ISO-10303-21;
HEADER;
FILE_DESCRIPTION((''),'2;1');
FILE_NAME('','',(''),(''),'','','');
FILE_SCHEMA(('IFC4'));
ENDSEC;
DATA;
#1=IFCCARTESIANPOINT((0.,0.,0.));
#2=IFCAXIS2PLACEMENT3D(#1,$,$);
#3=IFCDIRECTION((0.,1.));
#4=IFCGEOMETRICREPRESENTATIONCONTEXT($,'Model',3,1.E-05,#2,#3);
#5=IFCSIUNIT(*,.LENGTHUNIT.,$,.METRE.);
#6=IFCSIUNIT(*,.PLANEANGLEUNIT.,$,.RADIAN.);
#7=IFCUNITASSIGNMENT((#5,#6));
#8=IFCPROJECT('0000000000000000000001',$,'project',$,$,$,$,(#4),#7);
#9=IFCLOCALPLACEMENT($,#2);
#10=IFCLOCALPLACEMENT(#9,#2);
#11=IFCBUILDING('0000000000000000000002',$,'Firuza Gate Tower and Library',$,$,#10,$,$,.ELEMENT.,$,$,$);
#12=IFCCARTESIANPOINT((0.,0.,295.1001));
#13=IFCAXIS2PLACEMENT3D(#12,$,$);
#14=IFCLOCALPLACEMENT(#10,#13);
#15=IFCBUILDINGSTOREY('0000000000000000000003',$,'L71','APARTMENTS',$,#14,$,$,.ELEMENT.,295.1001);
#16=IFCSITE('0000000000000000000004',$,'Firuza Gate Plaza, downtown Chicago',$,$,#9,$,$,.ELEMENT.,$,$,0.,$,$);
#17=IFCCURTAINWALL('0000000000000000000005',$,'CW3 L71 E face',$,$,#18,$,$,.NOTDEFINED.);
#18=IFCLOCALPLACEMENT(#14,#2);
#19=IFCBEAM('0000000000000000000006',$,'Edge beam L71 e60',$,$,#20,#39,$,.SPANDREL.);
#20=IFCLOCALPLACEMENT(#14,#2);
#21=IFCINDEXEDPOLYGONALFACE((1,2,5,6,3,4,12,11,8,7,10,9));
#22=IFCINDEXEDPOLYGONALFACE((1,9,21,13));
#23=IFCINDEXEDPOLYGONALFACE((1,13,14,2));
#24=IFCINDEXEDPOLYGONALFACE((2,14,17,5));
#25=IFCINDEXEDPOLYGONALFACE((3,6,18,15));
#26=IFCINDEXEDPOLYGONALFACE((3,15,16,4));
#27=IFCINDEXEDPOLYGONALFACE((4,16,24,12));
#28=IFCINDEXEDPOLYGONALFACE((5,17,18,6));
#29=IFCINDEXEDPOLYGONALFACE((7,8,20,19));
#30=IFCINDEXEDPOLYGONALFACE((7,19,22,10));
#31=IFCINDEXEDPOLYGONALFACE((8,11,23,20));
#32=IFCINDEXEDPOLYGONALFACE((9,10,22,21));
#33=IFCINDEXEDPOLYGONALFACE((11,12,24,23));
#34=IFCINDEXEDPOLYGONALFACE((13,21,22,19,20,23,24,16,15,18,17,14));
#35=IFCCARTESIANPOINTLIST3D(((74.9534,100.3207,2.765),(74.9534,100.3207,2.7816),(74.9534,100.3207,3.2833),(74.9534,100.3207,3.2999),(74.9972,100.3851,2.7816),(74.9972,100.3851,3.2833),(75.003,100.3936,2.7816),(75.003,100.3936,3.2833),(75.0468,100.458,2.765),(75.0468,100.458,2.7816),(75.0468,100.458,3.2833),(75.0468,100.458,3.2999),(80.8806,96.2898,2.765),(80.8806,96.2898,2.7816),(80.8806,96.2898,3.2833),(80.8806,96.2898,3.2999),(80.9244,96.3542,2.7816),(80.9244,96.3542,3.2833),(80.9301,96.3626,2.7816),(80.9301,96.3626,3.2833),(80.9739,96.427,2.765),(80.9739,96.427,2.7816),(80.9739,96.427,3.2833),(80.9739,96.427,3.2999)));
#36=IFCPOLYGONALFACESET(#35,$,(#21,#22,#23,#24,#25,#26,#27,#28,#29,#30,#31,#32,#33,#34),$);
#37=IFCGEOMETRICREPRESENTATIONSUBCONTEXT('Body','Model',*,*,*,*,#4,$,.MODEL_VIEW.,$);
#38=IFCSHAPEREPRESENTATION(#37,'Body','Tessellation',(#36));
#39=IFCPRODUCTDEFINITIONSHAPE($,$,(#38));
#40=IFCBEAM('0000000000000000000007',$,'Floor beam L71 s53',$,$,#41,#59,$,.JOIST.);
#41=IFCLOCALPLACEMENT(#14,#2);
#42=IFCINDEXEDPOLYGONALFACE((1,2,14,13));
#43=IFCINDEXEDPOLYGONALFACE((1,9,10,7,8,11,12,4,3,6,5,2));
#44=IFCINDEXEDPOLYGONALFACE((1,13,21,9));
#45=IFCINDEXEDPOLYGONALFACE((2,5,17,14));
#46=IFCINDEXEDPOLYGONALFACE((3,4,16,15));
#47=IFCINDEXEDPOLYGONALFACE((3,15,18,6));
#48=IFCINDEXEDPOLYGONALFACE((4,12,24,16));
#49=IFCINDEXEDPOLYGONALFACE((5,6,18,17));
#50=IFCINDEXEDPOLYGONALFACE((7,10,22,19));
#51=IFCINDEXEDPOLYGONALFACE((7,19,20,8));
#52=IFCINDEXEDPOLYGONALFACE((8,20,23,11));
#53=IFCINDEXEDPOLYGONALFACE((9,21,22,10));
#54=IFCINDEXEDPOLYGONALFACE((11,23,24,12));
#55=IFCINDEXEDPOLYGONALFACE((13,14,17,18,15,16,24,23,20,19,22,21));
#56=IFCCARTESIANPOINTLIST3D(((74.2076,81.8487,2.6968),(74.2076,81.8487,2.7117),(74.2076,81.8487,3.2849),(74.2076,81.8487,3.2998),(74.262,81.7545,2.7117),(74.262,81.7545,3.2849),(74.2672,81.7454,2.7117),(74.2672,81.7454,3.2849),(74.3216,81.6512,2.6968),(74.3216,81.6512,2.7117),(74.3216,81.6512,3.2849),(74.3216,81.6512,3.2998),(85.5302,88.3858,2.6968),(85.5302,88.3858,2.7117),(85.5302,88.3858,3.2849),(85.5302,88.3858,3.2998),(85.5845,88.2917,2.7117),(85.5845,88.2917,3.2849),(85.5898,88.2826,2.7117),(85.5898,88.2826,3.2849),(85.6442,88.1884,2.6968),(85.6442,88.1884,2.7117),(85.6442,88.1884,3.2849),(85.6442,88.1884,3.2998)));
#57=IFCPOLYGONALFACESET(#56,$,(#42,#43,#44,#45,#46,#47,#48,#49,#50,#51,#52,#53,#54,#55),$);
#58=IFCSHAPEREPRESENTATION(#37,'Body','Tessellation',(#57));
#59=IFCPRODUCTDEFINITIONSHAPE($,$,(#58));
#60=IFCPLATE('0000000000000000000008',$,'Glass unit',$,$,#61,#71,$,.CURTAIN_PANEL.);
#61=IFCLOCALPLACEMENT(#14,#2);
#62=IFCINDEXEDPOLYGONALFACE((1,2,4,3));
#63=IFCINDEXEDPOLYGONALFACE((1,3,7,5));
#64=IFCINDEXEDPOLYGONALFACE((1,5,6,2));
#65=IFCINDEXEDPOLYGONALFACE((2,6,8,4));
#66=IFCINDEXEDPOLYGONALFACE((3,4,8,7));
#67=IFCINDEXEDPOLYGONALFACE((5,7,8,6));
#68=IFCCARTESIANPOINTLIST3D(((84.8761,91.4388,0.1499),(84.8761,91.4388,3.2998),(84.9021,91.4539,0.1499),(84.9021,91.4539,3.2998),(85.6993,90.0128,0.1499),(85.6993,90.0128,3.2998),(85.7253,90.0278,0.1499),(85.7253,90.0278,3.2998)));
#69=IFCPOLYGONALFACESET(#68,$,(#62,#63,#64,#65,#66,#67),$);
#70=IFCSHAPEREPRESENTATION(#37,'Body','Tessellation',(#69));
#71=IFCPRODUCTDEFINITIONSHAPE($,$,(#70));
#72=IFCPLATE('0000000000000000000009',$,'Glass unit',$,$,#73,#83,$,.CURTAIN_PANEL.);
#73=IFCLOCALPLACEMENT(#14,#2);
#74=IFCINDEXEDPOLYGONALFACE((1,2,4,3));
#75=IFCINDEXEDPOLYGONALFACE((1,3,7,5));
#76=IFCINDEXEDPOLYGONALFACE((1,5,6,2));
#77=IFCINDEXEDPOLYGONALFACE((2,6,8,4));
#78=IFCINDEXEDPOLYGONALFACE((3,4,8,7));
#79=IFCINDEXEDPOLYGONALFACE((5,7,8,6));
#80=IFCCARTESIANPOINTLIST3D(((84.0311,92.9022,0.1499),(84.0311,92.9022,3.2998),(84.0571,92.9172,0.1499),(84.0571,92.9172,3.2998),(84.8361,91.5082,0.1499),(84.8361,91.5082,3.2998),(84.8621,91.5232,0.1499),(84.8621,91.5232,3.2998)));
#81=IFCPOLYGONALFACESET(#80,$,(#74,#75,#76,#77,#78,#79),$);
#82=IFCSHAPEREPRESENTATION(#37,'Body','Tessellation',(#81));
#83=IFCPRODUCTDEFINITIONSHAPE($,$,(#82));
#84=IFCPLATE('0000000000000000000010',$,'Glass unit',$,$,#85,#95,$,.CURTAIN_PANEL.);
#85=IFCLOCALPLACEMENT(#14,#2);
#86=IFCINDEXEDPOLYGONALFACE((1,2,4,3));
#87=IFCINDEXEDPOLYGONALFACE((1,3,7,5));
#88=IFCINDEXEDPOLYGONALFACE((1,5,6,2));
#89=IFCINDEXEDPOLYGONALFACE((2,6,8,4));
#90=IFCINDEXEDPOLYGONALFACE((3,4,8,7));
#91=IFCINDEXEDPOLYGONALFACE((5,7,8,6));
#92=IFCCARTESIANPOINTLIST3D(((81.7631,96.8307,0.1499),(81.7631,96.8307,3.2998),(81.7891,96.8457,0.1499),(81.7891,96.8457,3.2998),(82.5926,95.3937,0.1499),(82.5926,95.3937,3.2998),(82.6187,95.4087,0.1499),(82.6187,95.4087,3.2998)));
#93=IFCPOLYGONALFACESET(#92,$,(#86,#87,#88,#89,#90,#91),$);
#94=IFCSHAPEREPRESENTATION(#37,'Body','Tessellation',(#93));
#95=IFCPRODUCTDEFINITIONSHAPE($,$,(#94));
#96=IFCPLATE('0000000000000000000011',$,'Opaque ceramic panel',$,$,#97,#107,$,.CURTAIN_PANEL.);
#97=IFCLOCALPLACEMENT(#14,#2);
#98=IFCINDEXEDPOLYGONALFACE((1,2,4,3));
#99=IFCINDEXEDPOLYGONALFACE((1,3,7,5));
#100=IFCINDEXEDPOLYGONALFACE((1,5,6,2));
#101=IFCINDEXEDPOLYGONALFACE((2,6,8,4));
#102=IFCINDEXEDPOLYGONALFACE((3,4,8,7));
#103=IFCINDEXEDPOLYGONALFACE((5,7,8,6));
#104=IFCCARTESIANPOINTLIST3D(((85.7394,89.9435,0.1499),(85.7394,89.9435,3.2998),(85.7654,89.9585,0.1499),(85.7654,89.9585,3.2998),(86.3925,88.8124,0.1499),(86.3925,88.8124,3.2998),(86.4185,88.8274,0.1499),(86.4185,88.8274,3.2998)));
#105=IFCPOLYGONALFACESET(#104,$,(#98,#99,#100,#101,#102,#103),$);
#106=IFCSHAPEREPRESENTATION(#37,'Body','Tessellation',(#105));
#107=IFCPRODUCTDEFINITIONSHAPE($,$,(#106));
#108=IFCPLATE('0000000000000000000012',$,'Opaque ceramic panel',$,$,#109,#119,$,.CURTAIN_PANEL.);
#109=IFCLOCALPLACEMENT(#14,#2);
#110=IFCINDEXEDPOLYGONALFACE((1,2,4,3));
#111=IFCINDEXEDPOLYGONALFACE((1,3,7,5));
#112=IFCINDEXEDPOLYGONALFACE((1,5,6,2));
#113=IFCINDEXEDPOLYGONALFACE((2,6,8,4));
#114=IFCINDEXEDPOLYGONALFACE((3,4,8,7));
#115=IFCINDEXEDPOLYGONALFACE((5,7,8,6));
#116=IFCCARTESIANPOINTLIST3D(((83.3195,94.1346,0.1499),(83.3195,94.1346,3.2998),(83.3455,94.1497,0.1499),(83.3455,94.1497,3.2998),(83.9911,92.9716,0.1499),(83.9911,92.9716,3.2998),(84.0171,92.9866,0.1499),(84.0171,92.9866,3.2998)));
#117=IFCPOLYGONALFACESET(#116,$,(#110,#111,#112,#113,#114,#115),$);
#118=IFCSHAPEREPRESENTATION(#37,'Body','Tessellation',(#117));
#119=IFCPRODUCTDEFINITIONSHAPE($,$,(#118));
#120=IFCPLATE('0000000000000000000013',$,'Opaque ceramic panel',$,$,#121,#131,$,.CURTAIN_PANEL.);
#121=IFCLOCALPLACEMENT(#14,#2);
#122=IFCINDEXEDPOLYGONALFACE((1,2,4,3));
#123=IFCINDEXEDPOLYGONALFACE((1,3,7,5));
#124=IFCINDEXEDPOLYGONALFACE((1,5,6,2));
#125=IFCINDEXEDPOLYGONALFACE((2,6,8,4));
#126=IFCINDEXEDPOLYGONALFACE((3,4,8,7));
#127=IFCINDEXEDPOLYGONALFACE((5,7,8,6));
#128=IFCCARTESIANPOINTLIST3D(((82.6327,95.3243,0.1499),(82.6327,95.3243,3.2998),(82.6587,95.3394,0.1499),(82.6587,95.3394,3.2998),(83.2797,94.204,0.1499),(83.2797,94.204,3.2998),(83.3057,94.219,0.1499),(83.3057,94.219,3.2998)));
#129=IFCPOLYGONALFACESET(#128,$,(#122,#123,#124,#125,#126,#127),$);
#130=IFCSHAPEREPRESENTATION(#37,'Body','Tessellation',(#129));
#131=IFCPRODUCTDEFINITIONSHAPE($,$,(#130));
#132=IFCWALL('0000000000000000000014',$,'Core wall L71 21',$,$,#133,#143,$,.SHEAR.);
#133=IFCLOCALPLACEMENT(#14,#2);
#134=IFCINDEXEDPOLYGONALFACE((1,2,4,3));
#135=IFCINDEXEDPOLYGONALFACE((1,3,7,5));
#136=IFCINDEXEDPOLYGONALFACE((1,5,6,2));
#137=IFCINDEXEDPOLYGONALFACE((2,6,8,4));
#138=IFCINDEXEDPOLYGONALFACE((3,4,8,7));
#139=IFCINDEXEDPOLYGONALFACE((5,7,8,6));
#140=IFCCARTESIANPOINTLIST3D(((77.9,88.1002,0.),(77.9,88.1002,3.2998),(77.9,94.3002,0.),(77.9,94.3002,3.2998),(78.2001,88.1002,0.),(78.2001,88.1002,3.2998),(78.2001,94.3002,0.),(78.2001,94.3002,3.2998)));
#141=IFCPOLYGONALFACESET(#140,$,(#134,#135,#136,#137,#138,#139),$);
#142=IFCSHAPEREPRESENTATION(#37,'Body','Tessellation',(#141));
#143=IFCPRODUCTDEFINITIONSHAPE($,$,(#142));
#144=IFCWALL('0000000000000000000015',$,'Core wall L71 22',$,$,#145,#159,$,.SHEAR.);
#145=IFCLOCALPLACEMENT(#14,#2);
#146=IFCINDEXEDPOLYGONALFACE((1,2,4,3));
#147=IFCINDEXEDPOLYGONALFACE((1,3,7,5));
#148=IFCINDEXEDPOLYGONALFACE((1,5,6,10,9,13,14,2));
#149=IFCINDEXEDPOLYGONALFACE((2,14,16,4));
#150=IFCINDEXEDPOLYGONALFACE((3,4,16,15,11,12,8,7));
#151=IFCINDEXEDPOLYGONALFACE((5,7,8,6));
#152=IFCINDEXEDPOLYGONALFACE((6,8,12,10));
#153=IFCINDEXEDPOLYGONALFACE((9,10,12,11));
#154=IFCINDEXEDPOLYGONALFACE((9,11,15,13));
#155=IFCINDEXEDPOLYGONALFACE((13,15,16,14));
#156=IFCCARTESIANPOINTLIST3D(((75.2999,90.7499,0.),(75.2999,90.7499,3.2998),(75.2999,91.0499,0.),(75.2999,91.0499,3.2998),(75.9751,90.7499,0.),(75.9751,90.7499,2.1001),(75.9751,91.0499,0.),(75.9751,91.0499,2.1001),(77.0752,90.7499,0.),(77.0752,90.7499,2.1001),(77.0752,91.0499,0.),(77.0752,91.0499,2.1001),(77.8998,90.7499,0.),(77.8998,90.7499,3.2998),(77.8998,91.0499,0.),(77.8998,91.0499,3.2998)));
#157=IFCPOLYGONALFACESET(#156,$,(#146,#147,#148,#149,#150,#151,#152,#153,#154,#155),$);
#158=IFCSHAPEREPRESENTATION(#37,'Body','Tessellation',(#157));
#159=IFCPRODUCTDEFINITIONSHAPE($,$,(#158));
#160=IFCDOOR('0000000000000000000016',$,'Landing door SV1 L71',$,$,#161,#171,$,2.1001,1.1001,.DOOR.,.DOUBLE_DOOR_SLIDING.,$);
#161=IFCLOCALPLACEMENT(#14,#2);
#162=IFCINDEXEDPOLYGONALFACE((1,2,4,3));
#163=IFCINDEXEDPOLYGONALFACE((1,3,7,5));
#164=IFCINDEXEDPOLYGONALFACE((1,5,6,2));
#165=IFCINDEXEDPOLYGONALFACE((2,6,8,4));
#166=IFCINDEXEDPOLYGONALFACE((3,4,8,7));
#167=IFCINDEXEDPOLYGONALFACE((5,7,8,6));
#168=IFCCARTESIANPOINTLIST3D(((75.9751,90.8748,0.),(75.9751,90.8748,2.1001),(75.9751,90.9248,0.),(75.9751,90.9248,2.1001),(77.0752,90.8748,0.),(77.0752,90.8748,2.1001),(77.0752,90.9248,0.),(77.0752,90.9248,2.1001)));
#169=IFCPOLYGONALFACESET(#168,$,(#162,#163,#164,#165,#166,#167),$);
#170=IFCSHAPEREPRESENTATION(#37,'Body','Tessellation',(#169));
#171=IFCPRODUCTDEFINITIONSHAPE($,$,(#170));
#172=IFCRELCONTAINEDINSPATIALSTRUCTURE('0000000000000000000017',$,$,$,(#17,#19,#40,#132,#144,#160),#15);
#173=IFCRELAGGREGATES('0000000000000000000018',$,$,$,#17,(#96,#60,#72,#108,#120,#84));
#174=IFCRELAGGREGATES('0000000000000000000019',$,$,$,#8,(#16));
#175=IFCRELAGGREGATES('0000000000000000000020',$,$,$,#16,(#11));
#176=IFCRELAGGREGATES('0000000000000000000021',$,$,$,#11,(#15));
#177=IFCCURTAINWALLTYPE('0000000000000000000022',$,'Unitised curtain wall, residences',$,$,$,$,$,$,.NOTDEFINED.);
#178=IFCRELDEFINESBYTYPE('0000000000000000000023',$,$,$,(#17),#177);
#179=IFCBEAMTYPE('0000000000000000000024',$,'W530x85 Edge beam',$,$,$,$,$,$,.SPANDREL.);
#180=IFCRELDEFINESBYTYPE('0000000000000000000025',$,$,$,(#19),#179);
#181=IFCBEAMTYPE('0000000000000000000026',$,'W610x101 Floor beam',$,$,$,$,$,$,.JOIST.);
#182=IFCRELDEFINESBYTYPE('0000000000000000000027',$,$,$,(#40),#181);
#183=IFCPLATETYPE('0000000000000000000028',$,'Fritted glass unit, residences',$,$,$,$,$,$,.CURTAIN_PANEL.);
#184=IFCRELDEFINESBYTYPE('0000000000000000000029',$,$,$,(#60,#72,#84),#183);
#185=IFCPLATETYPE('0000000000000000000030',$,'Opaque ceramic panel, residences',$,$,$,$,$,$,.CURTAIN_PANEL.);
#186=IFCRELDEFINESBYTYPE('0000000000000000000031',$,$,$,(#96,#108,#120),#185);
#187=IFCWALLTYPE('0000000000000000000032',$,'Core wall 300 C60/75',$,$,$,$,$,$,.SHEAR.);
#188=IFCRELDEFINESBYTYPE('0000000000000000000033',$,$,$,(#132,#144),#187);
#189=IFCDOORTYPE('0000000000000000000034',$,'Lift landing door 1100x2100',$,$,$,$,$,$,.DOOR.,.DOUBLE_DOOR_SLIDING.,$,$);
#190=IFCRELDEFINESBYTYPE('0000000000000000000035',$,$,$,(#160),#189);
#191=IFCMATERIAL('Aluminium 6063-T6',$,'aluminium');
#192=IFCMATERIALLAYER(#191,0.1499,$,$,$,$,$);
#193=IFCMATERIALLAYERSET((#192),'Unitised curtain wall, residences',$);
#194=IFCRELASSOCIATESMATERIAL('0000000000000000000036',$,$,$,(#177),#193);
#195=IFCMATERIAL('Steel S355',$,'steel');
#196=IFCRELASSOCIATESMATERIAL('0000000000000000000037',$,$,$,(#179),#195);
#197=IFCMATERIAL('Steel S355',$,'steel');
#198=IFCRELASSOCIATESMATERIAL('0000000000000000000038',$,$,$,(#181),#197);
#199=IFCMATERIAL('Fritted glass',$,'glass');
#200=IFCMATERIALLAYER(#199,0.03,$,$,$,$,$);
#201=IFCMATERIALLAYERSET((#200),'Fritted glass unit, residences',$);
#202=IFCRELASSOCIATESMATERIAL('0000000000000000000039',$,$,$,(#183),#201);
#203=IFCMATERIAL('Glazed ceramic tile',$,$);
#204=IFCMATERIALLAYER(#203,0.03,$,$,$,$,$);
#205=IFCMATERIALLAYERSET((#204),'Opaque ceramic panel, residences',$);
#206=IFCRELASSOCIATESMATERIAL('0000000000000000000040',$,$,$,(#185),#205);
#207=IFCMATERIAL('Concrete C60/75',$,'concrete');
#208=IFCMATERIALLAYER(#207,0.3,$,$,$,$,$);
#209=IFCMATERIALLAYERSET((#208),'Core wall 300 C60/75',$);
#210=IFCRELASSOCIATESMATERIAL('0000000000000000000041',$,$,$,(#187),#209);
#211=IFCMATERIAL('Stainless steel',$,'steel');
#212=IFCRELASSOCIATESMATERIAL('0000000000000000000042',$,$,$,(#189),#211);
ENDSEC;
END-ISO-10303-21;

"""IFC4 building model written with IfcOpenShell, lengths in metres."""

from ifc_helpers import new_model, si_unit, direction, frame, frame_2d, origin, origin_2d, place, context, subcontext, project, spatial, polyline, rectangle, i_section, outline, extrude, material, layer, layer_set, material_profile, profile_set, type_object, element, fill, aggregate, save


model = new_model("IFC4")

# Units and contexts
model_context = context("Model", 3, precision=1e-05, world=origin(), true_north=direction((0.0, 1.0)))
body_context = subcontext(model_context, "Body", "Model", "MODEL_VIEW")
ifc_project = project(units=[si_unit("LENGTHUNIT", "METRE"), si_unit("PLANEANGLEUNIT", "RADIAN")], contexts=[model_context])

# Site, building, storey
site_placement = place(None, origin())
site = spatial("IfcSite", under=ifc_project, at=site_placement, Name="Firuza Gate Plaza, downtown Chicago", CompositionType="ELEMENT", RefElevation=0.0)
building_placement = place(site_placement, origin())
building = spatial("IfcBuilding", under=site, at=building_placement, Name="Firuza Gate Tower and Library", CompositionType="ELEMENT")
storey_placement = place(building_placement, frame((0.0, 0.0, 295.1001)))
storey = spatial("IfcBuildingStorey", under=building, at=storey_placement, Name="L71", Description="APARTMENTS", CompositionType="ELEMENT", Elevation=295.1001)

# Curtain wall
ifc_material_1 = material(Name="Aluminium 6063-T6", Category="aluminium")
ifc_layer_1 = layer(ifc_material_1, 0.1499)
ifc_layer_set_1 = layer_set([ifc_layer_1], Name="Unitised curtain wall, residences")
curtain_wall_type = type_object("IfcCurtainWallType", Name="Unitised curtain wall, residences", PredefinedType="NOTDEFINED", material=ifc_layer_set_1)
curtain_wall_placement = place(storey_placement, origin())
curtain_wall = element("IfcCurtainWall", 1, at=curtain_wall_placement, inside=storey, type_object=curtain_wall_type, Name="CW3 L71 E face", PredefinedType="NOTDEFINED")

# Beams
ifc_material_2 = material(Name="Steel S355", Category="steel")
ifc_material_profile_1 = material_profile(ifc_material_2, i_section(OverallWidth=0.166, OverallDepth=0.5349, WebThickness=0.0103, FlangeThickness=0.0166, at=origin_2d()))
ifc_profile_set_1 = profile_set([ifc_material_profile_1], Name="Steel S355")
beam_type_1 = type_object("IfcBeamType", Name="W530x85 Edge beam", PredefinedType="SPANDREL", material=ifc_profile_set_1)
beam_1_placement = place(storey_placement, frame((80.9272, 96.3584, 3.0325), z_axis=(-0.826895, 0.562356, 0.0), x_axis=(-0.562356, -0.826895, 0.0)))
element("IfcBeam", 2, at=beam_1_placement, inside=storey, type_object=beam_type_1, Name="Edge beam L71 e60", PredefinedType="SPANDREL", context=body_context, shape_type="SweptSolid", body=[
    extrude(i_section(OverallWidth=0.166, OverallDepth=0.5349, WebThickness=0.0103, FlangeThickness=0.0166, at=origin_2d()), origin(), (0.0, 0.0, 1.0), 7.168),
])
ifc_material_3 = material(Name="Steel S355", Category="steel")
ifc_material_profile_2 = material_profile(ifc_material_3, i_section(OverallWidth=0.228, OverallDepth=0.603, WebThickness=0.0105, FlangeThickness=0.0149, at=origin_2d()))
ifc_profile_set_2 = profile_set([ifc_material_profile_2], Name="Steel S355")
beam_type_2 = type_object("IfcBeamType", Name="W610x101 Floor beam", PredefinedType="JOIST", material=ifc_profile_set_2)
beam_2_placement = place(storey_placement, frame((85.5872, 88.2871, 2.9983), z_axis=(-0.866024, -0.500003, 0.0), x_axis=(0.500003, -0.866024, 0.0)))
element("IfcBeam", 3, at=beam_2_placement, inside=storey, type_object=beam_type_2, Name="Floor beam L71 s53", PredefinedType="JOIST", context=body_context, shape_type="SweptSolid", body=[
    extrude(i_section(OverallWidth=0.228, OverallDepth=0.603, WebThickness=0.0105, FlangeThickness=0.0149, at=origin_2d()), origin(), (0.0, 0.0, 1.0), 13.0742),
])

# Plates
ifc_material_4 = material(Name="Fritted glass", Category="glass")
ifc_layer_2 = layer(ifc_material_4, 0.03)
ifc_layer_set_2 = layer_set([ifc_layer_2], Name="Fritted glass unit, residences")
plate_type_1 = type_object("IfcPlateType", Name="Fritted glass unit, residences", PredefinedType="CURTAIN_PANEL", material=ifc_layer_set_2)
plate_1_placement = place(storey_placement, frame((85.7253, 90.0278, 0.1499), z_axis=(0.866045, 0.499966, 0.0), x_axis=(-0.499966, 0.866045, 0.0)))
plate_1 = element("IfcPlate", 4, at=plate_1_placement, type_object=plate_type_1, Name="Glass unit", PredefinedType="CURTAIN_PANEL", context=body_context, shape_type="SweptSolid", body=[
    extrude(outline(polyline([(0.0, 0.0), (1.6466, 0.0), (1.6466, 3.1499), (0.0, 3.1499), (0.0, 0.0)])), origin(), (0.0, 0.0, -1.0), 0.03),
])
plate_2_placement = place(storey_placement, frame((84.8621, 91.5232, 0.1499), z_axis=(0.866004, 0.500038, 0.0), x_axis=(-0.500038, 0.866004, 0.0)))
plate_2 = element("IfcPlate", 5, at=plate_2_placement, type_object=plate_type_1, Name="Glass unit", PredefinedType="CURTAIN_PANEL", context=body_context, shape_type="SweptSolid", body=[
    extrude(outline(polyline([(0.0, 0.0), (1.6097, 0.0), (1.6097, 3.1499), (0.0, 3.1499), (0.0, 0.0)])), origin(), (0.0, 0.0, -1.0), 0.03),
])
plate_3_placement = place(storey_placement, frame((82.6187, 95.4087, 0.1499), z_axis=(0.866043, 0.499969, 0.0), x_axis=(-0.499969, 0.866043, 0.0)))
plate_3 = element("IfcPlate", 6, at=plate_3_placement, type_object=plate_type_1, Name="Glass unit", PredefinedType="CURTAIN_PANEL", context=body_context, shape_type="SweptSolid", body=[
    extrude(outline(polyline([(0.0, 0.0), (1.6593, 0.0), (1.6593, 3.1499), (0.0, 3.1499), (0.0, 0.0)])), origin(), (0.0, 0.0, -1.0), 0.03),
])
ifc_material_5 = material(Name="Glazed ceramic tile")
ifc_layer_3 = layer(ifc_material_5, 0.03)
ifc_layer_set_3 = layer_set([ifc_layer_3], Name="Opaque ceramic panel, residences")
plate_type_2 = type_object("IfcPlateType", Name="Opaque ceramic panel, residences", PredefinedType="CURTAIN_PANEL", material=ifc_layer_set_3)
plate_4_placement = place(storey_placement, frame((86.4185, 88.8274, 0.1499), z_axis=(0.866014, 0.500019, 0.0), x_axis=(-0.500019, 0.866014, 0.0)))
plate_4 = element("IfcPlate", 7, at=plate_4_placement, type_object=plate_type_2, Name="Opaque ceramic panel", PredefinedType="CURTAIN_PANEL", context=body_context, shape_type="SweptSolid", body=[
    extrude(outline(polyline([(0.0, 0.0), (1.3061, 0.0), (1.3061, 3.1499), (0.0, 3.1499), (0.0, 0.0)])), origin(), (0.0, 0.0, -1.0), 0.03),
])
plate_5_placement = place(storey_placement, frame((84.0171, 92.9866, 0.1499), z_axis=(0.865986, 0.500069, 0.0), x_axis=(-0.500069, 0.865986, 0.0)))
plate_5 = element("IfcPlate", 8, at=plate_5_placement, type_object=plate_type_2, Name="Opaque ceramic panel", PredefinedType="CURTAIN_PANEL", context=body_context, shape_type="SweptSolid", body=[
    extrude(outline(polyline([(0.0, 0.0), (1.3431, 0.0), (1.3431, 3.1499), (0.0, 3.1499), (0.0, 0.0)])), origin(), (0.0, 0.0, -1.0), 0.03),
])
plate_6_placement = place(storey_placement, frame((83.3057, 94.219, 0.1499), z_axis=(0.865981, 0.500076, 0.0), x_axis=(-0.500076, 0.865981, 0.0)))
plate_6 = element("IfcPlate", 9, at=plate_6_placement, type_object=plate_type_2, Name="Opaque ceramic panel", PredefinedType="CURTAIN_PANEL", context=body_context, shape_type="SweptSolid", body=[
    extrude(outline(polyline([(0.0, 0.0), (1.2937, 0.0), (1.2937, 3.1499), (0.0, 3.1499), (0.0, 0.0)])), origin(), (0.0, 0.0, -1.0), 0.03),
])
aggregate(curtain_wall, [plate_4, plate_1, plate_2, plate_5, plate_6, plate_3])

# Wall
ifc_material_6 = material(Name="Concrete C60/75", Category="concrete")
ifc_layer_4 = layer(ifc_material_6, 0.3)
ifc_layer_set_4 = layer_set([ifc_layer_4], Name="Core wall 300 C60/75")
wall_type_1 = type_object("IfcWallType", Name="Core wall 300 C60/75", PredefinedType="SHEAR", material=ifc_layer_set_4)
wall_1_placement = place(storey_placement, frame((78.05, 88.1001, 0.0), z_axis=(0.0, 0.0, 1.0), x_axis=(0.0, 1.0, 0.0)))
element("IfcWall", 10, at=wall_1_placement, inside=storey, type_object=wall_type_1, Name="Core wall L71 21", PredefinedType="SHEAR", context=body_context, shape_type="SweptSolid", body=[
    extrude(rectangle(XDim=6.2, YDim=0.3, at=frame_2d((3.1001, 0.0))), origin(), (0.0, 0.0, 1.0), 3.2998),
])

# Wall, opening, door
wall_2_placement = place(storey_placement, frame((75.3, 90.8999, 0.0), z_axis=(0.0, 0.0, 1.0), x_axis=(1.0, 0.0, 0.0)))
wall_2 = element("IfcWall", 11, at=wall_2_placement, inside=storey, type_object=wall_type_1, Name="Core wall L71 22", PredefinedType="SHEAR", context=body_context, shape_type="SweptSolid", body=[
    extrude(rectangle(XDim=2.5999, YDim=0.3, at=frame_2d((1.2998, 0.0))), origin(), (0.0, 0.0, 1.0), 3.2998),
])
opening_1_placement = place(wall_2_placement, frame((0.675, 0.0, 0.0)))
opening_1 = element("IfcOpeningElement", 12, at=opening_1_placement, cuts=wall_2, PredefinedType="OPENING", context=body_context, shape_type="SweptSolid", body=[
    extrude(rectangle(XDim=1.1001, YDim=2.1001, at=frame_2d((0.55, 1.05))), frame((0.0, 0.1602, 0.0), z_axis=(0.0, -1.0, 0.0), x_axis=(1.0, 0.0, 0.0)), (0.0, 0.0, 1.0), 0.3201),
])
ifc_material_7 = material(Name="Stainless steel", Category="steel")
door_type_1 = type_object("IfcDoorType", Name="Lift landing door 1100x2100", OperationType="DOUBLE_DOOR_SLIDING", PredefinedType="DOOR", material=ifc_material_7)
door_1_placement = place(opening_1_placement, origin())
door_1 = element("IfcDoor", 13, at=door_1_placement, inside=storey, type_object=door_type_1, Name="Landing door SV1 L71", OperationType="DOUBLE_DOOR_SLIDING", OverallHeight=2.1001, OverallWidth=1.1001, PredefinedType="DOOR", context=body_context, shape_type="SweptSolid", body=[
    extrude(rectangle(XDim=1.1001, YDim=2.1001, at=frame_2d((0.55, 1.05))), frame((0.0, 0.0249, 0.0), z_axis=(0.0, -1.0, 0.0), x_axis=(1.0, 0.0, 0.0)), (0.0, 0.0, 1.0), 0.05),
])
fill(opening_1, door_1)

save(model, "model.ifc")
